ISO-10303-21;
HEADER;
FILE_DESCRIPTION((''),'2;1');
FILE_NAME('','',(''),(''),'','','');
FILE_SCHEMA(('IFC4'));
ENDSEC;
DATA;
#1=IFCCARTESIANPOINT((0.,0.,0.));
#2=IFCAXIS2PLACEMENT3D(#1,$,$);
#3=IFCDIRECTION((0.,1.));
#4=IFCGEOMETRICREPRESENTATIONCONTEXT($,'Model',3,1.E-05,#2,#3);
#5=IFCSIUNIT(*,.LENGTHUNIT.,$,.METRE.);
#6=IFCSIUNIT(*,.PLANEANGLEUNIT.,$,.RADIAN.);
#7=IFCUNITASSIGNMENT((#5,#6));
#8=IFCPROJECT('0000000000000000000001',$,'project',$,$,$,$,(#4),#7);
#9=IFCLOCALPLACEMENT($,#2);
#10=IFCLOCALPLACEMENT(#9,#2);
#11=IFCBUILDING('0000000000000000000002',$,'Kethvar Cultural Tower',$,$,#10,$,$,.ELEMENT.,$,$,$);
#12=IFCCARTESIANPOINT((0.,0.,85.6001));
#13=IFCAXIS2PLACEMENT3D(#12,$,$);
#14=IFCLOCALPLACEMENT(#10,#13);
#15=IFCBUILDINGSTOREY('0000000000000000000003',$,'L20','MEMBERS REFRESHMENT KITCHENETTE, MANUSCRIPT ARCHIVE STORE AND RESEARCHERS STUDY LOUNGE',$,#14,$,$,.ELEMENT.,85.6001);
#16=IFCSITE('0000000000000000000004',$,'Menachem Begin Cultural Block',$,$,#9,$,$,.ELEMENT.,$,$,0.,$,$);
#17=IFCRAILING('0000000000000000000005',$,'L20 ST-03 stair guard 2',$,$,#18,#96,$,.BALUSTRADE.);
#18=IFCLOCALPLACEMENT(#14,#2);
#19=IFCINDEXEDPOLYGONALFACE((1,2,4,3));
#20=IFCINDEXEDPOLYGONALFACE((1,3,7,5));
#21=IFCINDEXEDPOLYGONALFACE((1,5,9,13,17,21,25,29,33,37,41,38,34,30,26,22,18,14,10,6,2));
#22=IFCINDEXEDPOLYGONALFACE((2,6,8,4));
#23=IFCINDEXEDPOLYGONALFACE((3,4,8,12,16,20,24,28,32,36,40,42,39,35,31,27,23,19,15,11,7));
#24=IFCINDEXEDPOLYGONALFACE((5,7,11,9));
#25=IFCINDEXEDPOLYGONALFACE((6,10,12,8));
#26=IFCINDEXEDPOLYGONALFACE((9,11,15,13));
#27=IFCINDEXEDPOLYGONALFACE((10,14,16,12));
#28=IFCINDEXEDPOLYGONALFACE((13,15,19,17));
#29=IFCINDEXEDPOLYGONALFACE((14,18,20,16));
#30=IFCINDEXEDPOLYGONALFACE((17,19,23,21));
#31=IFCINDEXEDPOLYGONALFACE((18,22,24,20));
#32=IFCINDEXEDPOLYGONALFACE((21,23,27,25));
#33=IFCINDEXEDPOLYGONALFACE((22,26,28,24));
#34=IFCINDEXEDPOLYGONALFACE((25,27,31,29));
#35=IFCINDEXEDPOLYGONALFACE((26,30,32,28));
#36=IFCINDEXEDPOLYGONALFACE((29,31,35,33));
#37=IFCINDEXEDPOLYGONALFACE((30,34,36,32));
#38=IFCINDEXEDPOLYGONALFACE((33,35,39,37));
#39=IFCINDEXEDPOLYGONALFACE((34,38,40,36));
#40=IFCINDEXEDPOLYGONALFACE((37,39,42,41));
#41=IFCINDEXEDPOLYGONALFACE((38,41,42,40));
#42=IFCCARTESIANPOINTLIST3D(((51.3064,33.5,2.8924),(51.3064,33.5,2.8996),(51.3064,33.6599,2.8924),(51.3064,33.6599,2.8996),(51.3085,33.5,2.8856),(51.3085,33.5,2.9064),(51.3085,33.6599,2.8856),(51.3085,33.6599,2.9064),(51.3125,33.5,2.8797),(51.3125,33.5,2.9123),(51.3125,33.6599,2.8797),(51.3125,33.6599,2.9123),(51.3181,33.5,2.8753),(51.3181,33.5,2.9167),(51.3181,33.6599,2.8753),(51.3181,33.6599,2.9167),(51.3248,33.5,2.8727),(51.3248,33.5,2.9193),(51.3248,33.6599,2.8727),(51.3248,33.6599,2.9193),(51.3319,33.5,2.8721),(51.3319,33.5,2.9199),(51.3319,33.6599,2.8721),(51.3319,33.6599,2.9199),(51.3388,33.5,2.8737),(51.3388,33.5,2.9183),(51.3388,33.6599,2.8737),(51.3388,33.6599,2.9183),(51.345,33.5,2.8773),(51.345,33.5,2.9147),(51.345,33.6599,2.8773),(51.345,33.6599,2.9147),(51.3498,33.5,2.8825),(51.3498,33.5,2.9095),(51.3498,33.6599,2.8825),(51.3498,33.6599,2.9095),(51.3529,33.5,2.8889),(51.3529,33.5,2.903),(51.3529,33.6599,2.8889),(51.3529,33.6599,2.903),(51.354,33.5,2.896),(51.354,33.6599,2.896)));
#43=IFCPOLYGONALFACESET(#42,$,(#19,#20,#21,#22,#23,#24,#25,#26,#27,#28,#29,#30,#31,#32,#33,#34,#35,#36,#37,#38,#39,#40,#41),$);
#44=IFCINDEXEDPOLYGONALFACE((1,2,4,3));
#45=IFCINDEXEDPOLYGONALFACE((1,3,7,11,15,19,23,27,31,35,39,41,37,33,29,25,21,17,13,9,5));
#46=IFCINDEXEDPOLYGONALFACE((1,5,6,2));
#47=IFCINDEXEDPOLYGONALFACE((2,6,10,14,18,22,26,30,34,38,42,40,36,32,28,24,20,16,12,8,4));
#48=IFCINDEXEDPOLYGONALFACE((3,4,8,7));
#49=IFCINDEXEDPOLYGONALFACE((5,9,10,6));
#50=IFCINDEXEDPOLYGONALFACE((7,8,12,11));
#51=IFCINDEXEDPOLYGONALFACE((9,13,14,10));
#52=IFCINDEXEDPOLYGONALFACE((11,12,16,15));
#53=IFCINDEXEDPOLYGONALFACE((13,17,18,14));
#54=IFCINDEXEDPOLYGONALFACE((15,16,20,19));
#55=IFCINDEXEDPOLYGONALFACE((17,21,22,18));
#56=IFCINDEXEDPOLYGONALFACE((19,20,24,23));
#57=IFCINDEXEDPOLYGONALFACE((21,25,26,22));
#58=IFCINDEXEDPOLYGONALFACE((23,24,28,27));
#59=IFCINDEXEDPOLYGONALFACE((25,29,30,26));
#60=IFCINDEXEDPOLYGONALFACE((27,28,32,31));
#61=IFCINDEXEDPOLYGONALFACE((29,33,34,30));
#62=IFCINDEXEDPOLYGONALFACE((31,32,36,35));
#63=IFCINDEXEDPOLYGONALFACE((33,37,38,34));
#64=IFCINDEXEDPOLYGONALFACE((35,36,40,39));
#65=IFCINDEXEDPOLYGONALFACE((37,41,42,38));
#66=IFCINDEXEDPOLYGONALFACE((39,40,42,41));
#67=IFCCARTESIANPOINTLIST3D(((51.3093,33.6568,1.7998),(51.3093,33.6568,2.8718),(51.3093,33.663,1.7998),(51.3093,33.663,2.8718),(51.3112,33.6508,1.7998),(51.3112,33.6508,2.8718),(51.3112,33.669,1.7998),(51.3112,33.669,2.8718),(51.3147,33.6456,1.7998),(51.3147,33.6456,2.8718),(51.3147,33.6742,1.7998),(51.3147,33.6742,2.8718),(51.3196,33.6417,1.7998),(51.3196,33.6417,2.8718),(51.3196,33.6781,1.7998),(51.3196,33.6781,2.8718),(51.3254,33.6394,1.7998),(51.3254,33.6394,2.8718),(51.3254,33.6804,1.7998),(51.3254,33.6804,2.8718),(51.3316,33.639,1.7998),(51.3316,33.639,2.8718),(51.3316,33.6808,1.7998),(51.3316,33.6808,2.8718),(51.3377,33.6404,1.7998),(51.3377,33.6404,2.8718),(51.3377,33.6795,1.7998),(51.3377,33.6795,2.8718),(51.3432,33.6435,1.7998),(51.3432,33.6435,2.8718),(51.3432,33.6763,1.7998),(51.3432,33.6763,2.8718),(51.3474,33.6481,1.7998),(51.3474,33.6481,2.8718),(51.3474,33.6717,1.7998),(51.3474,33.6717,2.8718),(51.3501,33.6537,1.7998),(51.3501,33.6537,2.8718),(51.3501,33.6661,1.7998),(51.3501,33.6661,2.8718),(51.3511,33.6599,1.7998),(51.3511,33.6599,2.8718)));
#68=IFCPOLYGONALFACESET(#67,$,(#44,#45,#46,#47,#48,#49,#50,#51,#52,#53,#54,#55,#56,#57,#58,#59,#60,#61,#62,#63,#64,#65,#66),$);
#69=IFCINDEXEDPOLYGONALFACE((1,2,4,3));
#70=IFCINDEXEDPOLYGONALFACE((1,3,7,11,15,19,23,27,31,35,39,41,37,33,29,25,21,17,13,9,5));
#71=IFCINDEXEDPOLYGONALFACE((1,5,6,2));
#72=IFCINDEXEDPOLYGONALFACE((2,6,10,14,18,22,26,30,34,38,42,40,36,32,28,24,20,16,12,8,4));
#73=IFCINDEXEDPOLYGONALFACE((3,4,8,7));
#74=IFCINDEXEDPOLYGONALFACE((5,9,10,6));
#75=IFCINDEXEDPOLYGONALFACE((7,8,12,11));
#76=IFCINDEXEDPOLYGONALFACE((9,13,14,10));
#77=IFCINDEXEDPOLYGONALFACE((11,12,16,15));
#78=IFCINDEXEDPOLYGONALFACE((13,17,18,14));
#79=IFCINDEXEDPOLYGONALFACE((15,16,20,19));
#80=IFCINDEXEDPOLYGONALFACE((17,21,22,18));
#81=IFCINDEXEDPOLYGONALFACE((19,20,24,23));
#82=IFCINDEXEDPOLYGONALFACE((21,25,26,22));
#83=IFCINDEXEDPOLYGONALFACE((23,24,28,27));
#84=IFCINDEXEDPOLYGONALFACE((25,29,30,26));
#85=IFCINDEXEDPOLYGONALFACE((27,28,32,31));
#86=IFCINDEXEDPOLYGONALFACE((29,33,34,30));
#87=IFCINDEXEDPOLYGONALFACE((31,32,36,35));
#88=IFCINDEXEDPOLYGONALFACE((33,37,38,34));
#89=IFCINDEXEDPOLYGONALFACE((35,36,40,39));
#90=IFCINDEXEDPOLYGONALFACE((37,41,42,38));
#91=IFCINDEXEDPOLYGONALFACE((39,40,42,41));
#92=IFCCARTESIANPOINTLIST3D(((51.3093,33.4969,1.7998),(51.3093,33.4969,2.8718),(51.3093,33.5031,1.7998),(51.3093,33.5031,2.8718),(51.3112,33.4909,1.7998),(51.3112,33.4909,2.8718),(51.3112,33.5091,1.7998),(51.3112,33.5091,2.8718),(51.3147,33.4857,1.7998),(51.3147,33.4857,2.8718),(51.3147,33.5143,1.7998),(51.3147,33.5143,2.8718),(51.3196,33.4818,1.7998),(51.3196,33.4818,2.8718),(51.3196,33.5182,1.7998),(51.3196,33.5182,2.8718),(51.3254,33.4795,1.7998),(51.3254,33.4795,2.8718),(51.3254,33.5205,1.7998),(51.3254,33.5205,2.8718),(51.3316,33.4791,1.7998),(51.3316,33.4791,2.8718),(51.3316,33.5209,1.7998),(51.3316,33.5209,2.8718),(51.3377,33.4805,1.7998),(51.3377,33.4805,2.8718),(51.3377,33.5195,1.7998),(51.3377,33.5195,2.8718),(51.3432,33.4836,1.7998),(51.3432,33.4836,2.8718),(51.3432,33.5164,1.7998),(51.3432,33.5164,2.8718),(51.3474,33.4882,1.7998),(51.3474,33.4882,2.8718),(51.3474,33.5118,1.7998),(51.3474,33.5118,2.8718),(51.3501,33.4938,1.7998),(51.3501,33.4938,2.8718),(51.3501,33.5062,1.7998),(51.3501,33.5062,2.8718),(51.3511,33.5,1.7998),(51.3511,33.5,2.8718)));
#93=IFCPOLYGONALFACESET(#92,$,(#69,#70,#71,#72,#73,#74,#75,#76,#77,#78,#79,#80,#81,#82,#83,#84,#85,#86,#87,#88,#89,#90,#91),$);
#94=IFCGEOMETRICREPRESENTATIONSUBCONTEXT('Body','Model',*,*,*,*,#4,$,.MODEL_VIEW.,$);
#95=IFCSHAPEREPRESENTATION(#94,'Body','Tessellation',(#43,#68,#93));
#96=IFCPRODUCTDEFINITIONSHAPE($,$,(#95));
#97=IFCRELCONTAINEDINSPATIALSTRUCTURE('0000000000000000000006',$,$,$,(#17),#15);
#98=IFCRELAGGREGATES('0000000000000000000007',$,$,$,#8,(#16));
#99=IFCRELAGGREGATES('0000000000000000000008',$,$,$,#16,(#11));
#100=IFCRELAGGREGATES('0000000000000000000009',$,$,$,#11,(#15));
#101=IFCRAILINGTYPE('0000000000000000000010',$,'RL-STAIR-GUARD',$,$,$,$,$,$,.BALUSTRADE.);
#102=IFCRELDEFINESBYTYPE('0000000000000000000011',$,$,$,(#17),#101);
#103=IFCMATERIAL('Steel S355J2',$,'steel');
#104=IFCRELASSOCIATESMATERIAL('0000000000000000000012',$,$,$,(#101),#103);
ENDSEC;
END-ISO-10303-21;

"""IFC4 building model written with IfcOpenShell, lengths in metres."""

from ifc_helpers import new_model, si_unit, direction, frame, origin, origin_2d, place, context, subcontext, project, spatial, circle, extrude, material, type_object, element, save


model = new_model("IFC4")

# Units and contexts
model_context = context("Model", 3, precision=1e-05, world=origin(), true_north=direction((0.0, 1.0)))
body_context = subcontext(model_context, "Body", "Model", "MODEL_VIEW")
ifc_project = project(units=[si_unit("LENGTHUNIT", "METRE"), si_unit("PLANEANGLEUNIT", "RADIAN")], contexts=[model_context])

# Site, building, storey
site_placement = place(None, origin())
site = spatial("IfcSite", under=ifc_project, at=site_placement, Name="Menachem Begin Cultural Block", CompositionType="ELEMENT", RefElevation=0.0)
building_placement = place(site_placement, origin())
building = spatial("IfcBuilding", under=site, at=building_placement, Name="Kethvar Cultural Tower", CompositionType="ELEMENT")
storey_placement = place(building_placement, frame((0.0, 0.0, 85.6001)))
storey = spatial("IfcBuildingStorey", under=building, at=storey_placement, Name="L20", Description="MEMBERS REFRESHMENT KITCHENETTE, MANUSCRIPT ARCHIVE STORE AND RESEARCHERS STUDY LOUNGE", CompositionType="ELEMENT", Elevation=85.6001)

# Shared definitions
ifc_material_1 = material(Name="Steel S355J2", Category="steel")

# Railing
railing_type_1 = type_object("IfcRailingType", Name="RL-STAIR-GUARD", PredefinedType="BALUSTRADE", material=ifc_material_1)
railing_1_placement = place(storey_placement, frame((51.3301, 33.6599, 1.7998)))
element("IfcRailing", 1, at=railing_1_placement, inside=storey, type_object=railing_type_1, Name="L20 ST-03 stair guard 2", PredefinedType="BALUSTRADE", context=body_context, shape_type="SweptSolid", body=[
    extrude(circle(Radius=0.0239, at=origin_2d()), frame((0.0, 0.0, 1.0962), z_axis=(0.0, -1.0, 0.0), x_axis=(1.0, 0.0, 0.0)), (0.0, 0.0, 1.0), 0.1599),
    extrude(circle(Radius=0.021, at=origin_2d()), origin(), (0.0, 0.0, 1.0), 1.072),
    extrude(circle(Radius=0.021, at=origin_2d()), frame((0.0, -0.1599, 0.0)), (0.0, 0.0, 1.0), 1.072),
])

save(model, "model.ifc")
